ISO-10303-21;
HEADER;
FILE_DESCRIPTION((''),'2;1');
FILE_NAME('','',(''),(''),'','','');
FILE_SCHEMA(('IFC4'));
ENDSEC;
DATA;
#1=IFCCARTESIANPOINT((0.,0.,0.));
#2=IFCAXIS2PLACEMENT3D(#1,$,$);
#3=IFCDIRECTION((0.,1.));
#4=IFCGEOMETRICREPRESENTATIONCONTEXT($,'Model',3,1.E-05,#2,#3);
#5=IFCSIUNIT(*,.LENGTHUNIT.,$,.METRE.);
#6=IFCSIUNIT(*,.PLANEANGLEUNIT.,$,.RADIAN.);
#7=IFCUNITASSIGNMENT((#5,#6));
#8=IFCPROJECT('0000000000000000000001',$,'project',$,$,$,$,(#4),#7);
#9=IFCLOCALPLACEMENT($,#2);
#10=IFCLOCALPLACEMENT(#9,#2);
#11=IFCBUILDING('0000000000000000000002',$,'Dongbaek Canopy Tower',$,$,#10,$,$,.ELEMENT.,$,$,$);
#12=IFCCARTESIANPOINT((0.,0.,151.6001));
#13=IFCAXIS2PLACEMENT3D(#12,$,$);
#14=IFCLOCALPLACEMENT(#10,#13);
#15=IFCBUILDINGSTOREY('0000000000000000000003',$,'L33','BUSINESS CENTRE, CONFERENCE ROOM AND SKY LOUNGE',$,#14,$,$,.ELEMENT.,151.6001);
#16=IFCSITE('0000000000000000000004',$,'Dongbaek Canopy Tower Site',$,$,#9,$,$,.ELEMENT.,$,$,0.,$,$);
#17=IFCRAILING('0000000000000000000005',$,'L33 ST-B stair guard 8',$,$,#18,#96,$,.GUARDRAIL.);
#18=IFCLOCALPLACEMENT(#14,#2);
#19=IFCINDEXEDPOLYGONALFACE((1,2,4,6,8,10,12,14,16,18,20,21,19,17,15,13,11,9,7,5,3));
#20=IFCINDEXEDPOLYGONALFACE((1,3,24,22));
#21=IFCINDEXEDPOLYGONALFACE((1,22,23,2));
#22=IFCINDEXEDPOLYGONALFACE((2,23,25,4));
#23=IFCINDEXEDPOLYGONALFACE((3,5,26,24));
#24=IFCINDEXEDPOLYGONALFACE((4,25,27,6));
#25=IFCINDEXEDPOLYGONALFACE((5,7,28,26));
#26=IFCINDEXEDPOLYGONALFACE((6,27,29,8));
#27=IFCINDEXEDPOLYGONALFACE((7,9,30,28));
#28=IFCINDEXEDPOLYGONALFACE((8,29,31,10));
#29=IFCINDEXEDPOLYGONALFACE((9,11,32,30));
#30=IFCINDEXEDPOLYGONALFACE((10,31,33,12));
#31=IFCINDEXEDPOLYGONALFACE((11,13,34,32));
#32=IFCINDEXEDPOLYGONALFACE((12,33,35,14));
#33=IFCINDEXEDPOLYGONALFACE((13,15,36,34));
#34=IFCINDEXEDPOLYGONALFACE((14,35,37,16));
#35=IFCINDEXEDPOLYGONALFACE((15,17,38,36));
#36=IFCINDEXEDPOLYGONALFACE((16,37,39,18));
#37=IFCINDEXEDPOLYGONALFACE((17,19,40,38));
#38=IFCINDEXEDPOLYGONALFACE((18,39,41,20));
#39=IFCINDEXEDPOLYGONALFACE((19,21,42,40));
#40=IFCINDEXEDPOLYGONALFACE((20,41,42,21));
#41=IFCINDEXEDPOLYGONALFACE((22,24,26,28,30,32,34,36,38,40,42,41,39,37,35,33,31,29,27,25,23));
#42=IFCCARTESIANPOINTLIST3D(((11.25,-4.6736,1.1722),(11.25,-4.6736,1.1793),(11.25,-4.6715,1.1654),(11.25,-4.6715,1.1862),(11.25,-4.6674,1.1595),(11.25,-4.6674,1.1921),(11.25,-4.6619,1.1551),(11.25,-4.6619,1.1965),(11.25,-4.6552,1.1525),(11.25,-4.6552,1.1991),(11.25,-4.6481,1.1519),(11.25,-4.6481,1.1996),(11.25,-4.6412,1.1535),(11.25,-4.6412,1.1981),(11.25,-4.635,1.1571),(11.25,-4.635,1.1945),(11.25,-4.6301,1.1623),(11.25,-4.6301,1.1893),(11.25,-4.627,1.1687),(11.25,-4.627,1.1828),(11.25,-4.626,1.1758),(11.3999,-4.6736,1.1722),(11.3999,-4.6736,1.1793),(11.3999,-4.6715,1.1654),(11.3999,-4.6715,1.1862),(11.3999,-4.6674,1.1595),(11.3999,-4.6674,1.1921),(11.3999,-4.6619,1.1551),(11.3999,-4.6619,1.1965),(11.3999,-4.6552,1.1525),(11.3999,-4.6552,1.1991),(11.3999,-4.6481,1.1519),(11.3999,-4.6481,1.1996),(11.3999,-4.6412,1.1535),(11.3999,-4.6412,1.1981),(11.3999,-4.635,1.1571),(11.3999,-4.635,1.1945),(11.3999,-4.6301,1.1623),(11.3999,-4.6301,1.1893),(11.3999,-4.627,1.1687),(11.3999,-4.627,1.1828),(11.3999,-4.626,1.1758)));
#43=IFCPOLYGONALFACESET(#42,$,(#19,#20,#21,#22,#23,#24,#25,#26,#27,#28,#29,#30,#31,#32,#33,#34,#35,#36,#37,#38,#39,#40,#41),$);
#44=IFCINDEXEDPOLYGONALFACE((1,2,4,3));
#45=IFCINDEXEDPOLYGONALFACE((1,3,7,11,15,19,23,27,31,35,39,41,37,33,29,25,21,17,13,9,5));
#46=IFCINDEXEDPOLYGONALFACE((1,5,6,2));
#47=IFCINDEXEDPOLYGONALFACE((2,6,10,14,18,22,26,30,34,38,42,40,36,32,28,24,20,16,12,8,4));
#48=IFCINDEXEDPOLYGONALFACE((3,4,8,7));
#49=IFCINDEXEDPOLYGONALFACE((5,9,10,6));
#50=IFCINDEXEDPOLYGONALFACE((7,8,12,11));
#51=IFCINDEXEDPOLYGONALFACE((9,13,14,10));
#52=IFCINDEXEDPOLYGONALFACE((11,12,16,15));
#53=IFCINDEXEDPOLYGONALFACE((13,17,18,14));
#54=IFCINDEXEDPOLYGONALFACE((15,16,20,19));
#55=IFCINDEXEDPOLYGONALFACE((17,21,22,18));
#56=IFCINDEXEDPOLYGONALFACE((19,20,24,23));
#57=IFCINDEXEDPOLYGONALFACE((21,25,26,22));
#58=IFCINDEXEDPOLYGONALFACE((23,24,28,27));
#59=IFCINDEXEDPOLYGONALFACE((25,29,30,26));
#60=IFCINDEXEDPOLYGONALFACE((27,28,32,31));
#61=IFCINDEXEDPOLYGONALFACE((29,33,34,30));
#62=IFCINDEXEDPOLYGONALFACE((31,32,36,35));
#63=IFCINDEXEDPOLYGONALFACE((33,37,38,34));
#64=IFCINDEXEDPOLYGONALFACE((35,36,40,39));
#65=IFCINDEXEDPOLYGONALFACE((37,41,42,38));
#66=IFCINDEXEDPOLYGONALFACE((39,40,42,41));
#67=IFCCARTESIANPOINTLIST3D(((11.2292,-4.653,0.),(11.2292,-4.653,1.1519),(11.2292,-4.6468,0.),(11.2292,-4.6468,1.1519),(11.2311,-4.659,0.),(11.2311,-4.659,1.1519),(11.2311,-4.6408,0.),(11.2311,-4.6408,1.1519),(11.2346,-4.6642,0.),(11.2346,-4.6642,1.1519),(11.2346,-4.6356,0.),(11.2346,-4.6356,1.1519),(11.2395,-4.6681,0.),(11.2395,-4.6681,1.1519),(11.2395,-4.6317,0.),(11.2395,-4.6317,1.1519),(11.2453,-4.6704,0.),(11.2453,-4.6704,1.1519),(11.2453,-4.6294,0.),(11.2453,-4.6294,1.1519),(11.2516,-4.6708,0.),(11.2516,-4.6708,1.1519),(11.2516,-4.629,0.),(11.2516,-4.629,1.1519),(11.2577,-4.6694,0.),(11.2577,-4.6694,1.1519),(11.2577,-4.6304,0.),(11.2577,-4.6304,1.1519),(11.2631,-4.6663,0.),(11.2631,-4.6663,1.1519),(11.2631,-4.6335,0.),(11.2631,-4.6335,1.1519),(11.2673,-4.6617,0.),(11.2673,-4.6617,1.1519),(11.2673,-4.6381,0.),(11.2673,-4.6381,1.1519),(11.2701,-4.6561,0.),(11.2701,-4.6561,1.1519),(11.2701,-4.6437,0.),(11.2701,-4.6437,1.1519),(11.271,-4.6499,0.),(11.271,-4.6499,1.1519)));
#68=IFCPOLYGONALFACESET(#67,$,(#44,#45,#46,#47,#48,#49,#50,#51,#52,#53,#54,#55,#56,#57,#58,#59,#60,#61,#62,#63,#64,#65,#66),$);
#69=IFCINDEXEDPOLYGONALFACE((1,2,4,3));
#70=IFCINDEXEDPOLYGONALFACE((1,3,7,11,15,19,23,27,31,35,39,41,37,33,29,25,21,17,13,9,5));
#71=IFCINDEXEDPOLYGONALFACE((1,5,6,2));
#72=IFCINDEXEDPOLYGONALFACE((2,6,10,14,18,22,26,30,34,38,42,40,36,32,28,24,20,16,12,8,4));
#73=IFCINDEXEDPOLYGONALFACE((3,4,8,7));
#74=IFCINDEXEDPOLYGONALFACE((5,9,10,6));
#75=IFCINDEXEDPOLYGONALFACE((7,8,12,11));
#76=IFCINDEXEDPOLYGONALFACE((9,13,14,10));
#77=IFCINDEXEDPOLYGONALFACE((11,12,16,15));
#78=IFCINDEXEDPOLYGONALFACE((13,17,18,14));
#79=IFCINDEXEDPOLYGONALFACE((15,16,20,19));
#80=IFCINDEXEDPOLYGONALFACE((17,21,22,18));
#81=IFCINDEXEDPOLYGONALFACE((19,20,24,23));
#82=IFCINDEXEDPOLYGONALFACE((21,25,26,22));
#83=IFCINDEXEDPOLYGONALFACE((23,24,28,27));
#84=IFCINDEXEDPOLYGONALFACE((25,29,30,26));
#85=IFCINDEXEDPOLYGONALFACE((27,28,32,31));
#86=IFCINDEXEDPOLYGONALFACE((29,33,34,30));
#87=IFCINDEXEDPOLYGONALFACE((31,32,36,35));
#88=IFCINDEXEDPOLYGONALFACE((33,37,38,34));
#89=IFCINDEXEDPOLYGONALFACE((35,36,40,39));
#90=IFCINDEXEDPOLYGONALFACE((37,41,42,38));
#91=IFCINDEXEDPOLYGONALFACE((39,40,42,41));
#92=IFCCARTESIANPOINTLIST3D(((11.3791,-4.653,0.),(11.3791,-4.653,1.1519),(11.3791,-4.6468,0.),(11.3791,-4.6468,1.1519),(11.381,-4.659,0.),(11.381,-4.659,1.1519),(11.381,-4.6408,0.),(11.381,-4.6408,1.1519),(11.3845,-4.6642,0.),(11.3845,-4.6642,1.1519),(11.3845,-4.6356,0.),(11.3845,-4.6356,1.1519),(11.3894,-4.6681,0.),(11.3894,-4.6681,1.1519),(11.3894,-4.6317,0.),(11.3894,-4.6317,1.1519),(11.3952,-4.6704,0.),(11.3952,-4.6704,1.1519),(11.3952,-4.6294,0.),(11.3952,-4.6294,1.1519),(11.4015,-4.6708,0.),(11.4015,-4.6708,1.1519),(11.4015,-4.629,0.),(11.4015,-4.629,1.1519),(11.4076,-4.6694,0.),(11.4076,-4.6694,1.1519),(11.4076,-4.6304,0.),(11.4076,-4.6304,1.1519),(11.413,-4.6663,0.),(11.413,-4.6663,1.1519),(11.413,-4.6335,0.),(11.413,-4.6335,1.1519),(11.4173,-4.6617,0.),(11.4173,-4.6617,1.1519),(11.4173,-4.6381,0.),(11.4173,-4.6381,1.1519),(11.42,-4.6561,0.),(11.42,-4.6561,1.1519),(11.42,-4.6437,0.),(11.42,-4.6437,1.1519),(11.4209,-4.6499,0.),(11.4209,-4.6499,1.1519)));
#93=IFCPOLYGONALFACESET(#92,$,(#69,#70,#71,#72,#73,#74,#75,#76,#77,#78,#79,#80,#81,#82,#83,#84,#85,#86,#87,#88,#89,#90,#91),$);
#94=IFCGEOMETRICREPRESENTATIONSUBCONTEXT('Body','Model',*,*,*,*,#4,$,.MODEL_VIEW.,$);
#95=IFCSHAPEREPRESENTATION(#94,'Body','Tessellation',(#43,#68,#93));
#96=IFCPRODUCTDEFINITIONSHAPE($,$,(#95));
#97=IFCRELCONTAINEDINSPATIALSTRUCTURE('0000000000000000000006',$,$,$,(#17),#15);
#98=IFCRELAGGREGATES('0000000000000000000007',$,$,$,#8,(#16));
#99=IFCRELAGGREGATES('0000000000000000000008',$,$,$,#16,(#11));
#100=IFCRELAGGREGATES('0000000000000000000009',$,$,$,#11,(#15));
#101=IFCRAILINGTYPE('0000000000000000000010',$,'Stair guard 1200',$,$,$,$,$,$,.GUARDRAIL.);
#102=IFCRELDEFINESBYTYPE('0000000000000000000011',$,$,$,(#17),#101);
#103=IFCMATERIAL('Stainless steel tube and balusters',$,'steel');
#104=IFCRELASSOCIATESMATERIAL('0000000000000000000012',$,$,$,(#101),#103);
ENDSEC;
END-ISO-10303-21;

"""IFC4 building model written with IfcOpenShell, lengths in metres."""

from ifc_helpers import new_model, si_unit, direction, frame, origin, origin_2d, place, context, subcontext, project, spatial, circle, extrude, material, type_object, element, save


model = new_model("IFC4")

# Units and contexts
model_context = context("Model", 3, precision=1e-05, world=origin(), true_north=direction((0.0, 1.0)))
body_context = subcontext(model_context, "Body", "Model", "MODEL_VIEW")
ifc_project = project(units=[si_unit("LENGTHUNIT", "METRE"), si_unit("PLANEANGLEUNIT", "RADIAN")], contexts=[model_context])

# Site, building, storey
site_placement = place(None, origin())
site = spatial("IfcSite", under=ifc_project, at=site_placement, Name="Dongbaek Canopy Tower Site", CompositionType="ELEMENT", RefElevation=0.0)
building_placement = place(site_placement, origin())
building = spatial("IfcBuilding", under=site, at=building_placement, Name="Dongbaek Canopy Tower", CompositionType="ELEMENT")
storey_placement = place(building_placement, frame((0.0, 0.0, 151.6001)))
storey = spatial("IfcBuildingStorey", under=building, at=storey_placement, Name="L33", Description="BUSINESS CENTRE, CONFERENCE ROOM AND SKY LOUNGE", CompositionType="ELEMENT", Elevation=151.6001)

# Railing
ifc_material_1 = material(Name="Stainless steel tube and balusters", Category="steel")
railing_type = type_object("IfcRailingType", Name="Stair guard 1200", PredefinedType="GUARDRAIL", material=ifc_material_1)
for number, where, name in (
    (1, (11.25, -4.6499, 0.0), "L33 ST-B stair guard 8"),
):
    element("IfcRailing", number, at=place(storey_placement, frame(where)), inside=storey, type_object=railing_type, Name=name, PredefinedType="GUARDRAIL", context=body_context, shape_type="SweptSolid", body=[
        extrude(circle(Radius=0.0239, at=origin_2d()), frame((0.0, 0.0, 1.1758), z_axis=(1.0, 0.0, 0.0), x_axis=(0.0, 1.0, 0.0)), (0.0, 0.0, 1.0), 0.1499),
        extrude(circle(Radius=0.021, at=origin_2d()), origin(), (0.0, 0.0, 1.0), 1.1519),
        extrude(circle(Radius=0.021, at=origin_2d()), frame((0.1499, 0.0, 0.0)), (0.0, 0.0, 1.0), 1.1519),
    ])

save(model, "model.ifc")
